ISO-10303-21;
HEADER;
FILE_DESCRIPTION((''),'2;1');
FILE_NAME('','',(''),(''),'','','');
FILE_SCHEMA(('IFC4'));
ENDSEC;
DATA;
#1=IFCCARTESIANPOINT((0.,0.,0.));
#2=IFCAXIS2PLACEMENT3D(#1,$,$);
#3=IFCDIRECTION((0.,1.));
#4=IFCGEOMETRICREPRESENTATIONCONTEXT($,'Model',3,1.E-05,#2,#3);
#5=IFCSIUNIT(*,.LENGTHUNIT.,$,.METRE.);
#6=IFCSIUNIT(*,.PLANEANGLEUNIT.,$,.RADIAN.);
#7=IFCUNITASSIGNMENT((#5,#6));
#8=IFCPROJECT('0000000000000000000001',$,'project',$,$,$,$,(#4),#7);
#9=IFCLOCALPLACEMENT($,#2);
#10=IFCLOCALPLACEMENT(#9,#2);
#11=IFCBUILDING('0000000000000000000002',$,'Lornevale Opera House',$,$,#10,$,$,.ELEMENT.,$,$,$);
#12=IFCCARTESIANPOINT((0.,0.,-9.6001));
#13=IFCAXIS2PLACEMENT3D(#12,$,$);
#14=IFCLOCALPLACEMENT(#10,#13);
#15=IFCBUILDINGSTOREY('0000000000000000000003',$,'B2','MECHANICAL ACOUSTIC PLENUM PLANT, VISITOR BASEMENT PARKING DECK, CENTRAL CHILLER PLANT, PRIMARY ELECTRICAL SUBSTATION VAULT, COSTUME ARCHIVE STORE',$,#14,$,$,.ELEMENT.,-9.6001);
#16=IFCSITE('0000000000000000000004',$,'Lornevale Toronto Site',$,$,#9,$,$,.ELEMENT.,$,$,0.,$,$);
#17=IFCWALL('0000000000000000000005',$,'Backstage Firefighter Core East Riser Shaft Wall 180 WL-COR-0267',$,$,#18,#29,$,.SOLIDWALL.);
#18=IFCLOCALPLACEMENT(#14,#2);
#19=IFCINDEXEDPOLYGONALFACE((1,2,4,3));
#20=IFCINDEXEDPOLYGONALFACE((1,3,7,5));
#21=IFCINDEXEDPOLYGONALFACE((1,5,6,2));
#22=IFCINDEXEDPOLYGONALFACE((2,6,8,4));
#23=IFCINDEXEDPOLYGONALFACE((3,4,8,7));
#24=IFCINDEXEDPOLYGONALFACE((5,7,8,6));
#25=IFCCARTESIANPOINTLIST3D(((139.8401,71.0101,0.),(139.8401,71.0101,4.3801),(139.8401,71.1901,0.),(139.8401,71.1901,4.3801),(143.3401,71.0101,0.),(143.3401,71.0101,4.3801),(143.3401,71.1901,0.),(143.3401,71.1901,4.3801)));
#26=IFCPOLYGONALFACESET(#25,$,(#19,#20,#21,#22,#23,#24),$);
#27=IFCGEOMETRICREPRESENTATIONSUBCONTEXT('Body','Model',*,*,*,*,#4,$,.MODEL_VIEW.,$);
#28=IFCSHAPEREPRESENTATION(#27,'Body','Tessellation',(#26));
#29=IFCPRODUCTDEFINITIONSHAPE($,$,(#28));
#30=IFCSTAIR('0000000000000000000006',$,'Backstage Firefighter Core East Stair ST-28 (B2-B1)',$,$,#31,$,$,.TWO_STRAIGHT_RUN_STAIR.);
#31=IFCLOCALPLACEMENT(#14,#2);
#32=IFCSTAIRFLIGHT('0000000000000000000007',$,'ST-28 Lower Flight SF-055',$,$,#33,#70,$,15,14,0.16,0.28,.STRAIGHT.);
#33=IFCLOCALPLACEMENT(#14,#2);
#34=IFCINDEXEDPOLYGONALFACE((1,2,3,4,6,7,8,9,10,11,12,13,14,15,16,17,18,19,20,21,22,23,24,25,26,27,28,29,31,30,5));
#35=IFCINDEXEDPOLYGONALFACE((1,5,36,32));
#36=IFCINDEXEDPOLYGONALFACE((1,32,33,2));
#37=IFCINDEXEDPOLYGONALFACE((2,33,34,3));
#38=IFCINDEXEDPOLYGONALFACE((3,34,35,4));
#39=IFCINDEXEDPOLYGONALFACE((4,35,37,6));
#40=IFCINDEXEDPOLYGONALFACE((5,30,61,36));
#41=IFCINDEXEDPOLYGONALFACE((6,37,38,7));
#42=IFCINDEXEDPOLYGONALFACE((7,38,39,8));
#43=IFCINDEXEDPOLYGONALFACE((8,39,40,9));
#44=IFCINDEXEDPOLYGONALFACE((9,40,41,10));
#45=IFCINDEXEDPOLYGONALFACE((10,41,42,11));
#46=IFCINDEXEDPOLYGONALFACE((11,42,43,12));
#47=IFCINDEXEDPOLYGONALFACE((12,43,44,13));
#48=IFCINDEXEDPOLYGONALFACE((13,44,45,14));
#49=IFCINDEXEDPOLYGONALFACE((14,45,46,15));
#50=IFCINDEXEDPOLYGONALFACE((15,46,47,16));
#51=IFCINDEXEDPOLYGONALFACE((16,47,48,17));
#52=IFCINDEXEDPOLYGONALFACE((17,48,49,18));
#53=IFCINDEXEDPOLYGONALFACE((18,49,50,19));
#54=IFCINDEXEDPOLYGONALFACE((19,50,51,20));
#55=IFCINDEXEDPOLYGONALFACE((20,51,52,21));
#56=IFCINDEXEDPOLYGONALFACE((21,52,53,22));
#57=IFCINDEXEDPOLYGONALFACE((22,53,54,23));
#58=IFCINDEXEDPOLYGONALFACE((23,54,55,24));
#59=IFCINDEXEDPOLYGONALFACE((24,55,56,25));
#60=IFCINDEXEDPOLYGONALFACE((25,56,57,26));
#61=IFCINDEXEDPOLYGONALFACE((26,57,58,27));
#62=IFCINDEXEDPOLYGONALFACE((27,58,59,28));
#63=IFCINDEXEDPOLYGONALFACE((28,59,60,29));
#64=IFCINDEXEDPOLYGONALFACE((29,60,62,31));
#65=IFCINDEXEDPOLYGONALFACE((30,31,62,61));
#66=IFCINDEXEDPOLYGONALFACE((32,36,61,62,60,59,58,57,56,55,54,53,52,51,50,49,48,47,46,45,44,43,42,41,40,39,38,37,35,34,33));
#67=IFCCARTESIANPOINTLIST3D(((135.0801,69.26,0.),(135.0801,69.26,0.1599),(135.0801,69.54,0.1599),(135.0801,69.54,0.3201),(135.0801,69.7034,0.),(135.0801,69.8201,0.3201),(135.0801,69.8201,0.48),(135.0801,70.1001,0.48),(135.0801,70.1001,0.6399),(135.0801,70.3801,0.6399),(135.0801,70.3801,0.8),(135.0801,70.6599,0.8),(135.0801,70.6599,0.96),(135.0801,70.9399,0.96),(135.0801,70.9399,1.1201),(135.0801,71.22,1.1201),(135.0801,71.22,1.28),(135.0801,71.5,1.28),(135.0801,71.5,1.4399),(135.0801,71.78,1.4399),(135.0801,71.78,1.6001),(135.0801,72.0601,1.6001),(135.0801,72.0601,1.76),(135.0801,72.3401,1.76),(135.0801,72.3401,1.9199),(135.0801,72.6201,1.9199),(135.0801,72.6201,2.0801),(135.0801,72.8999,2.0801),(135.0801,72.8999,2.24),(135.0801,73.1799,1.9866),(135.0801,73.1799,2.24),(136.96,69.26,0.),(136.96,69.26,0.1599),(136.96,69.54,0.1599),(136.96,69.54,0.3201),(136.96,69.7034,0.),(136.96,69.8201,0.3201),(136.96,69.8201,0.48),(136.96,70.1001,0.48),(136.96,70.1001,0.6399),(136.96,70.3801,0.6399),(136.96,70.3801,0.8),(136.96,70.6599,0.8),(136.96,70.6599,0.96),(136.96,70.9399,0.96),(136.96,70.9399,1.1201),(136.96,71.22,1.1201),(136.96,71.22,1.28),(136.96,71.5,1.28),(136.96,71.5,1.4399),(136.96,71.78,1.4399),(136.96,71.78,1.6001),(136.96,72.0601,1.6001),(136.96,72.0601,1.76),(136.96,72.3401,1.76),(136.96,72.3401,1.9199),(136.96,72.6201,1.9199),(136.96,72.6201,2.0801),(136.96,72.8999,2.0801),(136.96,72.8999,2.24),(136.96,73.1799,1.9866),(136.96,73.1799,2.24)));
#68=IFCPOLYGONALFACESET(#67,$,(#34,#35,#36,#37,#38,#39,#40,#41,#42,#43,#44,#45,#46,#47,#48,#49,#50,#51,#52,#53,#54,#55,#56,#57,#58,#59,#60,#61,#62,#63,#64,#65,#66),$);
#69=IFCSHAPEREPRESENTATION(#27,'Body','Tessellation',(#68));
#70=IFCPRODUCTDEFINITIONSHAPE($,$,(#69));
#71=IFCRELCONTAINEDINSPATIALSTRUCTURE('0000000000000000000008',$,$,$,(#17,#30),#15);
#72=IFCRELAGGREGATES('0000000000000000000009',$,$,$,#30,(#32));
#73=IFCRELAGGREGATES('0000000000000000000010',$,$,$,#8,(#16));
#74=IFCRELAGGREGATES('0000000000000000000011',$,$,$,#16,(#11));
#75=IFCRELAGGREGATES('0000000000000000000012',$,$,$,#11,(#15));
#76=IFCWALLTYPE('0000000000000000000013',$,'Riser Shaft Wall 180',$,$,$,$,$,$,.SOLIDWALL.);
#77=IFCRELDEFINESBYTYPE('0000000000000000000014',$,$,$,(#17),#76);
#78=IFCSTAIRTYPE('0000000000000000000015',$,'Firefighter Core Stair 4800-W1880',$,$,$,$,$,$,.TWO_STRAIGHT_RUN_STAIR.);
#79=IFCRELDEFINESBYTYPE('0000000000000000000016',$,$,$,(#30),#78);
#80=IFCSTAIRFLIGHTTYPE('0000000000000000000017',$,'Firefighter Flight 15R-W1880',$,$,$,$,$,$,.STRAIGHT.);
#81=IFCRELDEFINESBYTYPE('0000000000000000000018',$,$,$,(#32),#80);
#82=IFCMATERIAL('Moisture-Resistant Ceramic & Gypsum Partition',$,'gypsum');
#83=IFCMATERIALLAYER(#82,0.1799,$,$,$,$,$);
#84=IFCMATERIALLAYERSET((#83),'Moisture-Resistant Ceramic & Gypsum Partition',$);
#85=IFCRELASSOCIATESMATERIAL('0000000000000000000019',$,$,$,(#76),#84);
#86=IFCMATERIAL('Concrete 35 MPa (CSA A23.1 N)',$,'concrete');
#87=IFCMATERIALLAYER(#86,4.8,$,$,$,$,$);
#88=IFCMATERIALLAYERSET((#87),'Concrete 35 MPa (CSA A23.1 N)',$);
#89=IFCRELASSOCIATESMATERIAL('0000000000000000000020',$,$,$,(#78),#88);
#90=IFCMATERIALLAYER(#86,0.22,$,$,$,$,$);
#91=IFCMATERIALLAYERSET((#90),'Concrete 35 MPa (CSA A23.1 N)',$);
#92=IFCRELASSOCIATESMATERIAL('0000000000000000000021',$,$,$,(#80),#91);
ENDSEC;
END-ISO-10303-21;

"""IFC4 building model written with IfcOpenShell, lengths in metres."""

from ifc_helpers import new_model, si_unit, direction, frame, frame_2d, origin, place, context, subcontext, project, spatial, polyline, rectangle, outline, extrude, material, layer, layer_set, type_object, element, aggregate, save


model = new_model("IFC4")

# Units and contexts
model_context = context("Model", 3, precision=1e-05, world=origin(), true_north=direction((0.0, 1.0)))
body_context = subcontext(model_context, "Body", "Model", "MODEL_VIEW")
ifc_project = project(units=[si_unit("LENGTHUNIT", "METRE"), si_unit("PLANEANGLEUNIT", "RADIAN")], contexts=[model_context])

# Site, building, storey
site_placement = place(None, origin())
site = spatial("IfcSite", under=ifc_project, at=site_placement, Name="Lornevale Toronto Site", CompositionType="ELEMENT", RefElevation=0.0)
building_placement = place(site_placement, origin())
building = spatial("IfcBuilding", under=site, at=building_placement, Name="Lornevale Opera House", CompositionType="ELEMENT")
storey_placement = place(building_placement, frame((0.0, 0.0, -9.6001)))
storey = spatial("IfcBuildingStorey", under=building, at=storey_placement, Name="B2", Description="MECHANICAL ACOUSTIC PLENUM PLANT, VISITOR BASEMENT PARKING DECK, CENTRAL CHILLER PLANT, PRIMARY ELECTRICAL SUBSTATION VAULT, COSTUME ARCHIVE STORE", CompositionType="ELEMENT", Elevation=-9.6001)

# Shared definitions
ifc_material_1 = material(Name="Concrete 35 MPa (CSA A23.1 N)", Category="concrete")

# Wall
ifc_material_2 = material(Name="Moisture-Resistant Ceramic & Gypsum Partition", Category="gypsum")
ifc_layer_1 = layer(ifc_material_2, 0.1799)
ifc_layer_set_1 = layer_set([ifc_layer_1], Name="Moisture-Resistant Ceramic & Gypsum Partition")
wall_type_1 = type_object("IfcWallType", Name="Riser Shaft Wall 180", PredefinedType="SOLIDWALL", material=ifc_layer_set_1)
wall_1_placement = place(storey_placement, frame((139.8401, 71.1001, 0.0), z_axis=(0.0, 0.0, 1.0), x_axis=(1.0, 0.0, 0.0)))
element("IfcWall", 1, at=wall_1_placement, inside=storey, type_object=wall_type_1, Name="Backstage Firefighter Core East Riser Shaft Wall 180 WL-COR-0267", PredefinedType="SOLIDWALL", context=body_context, shape_type="SweptSolid", body=[
    extrude(rectangle(XDim=3.5, YDim=0.1799, at=frame_2d((1.75, 0.0))), origin(), (0.0, 0.0, 1.0), 4.3801),
])

# Stair, stair flight
ifc_layer_2 = layer(ifc_material_1, 4.8)
ifc_layer_set_2 = layer_set([ifc_layer_2], Name="Concrete 35 MPa (CSA A23.1 N)")
stair_type = type_object("IfcStairType", Name="Firefighter Core Stair 4800-W1880", PredefinedType="TWO_STRAIGHT_RUN_STAIR", material=ifc_layer_set_2)
stair_placement = place(storey_placement, origin())
stair = element("IfcStair", 2, at=stair_placement, inside=storey, type_object=stair_type, Name="Backstage Firefighter Core East Stair ST-28 (B2-B1)", PredefinedType="TWO_STRAIGHT_RUN_STAIR")
ifc_layer_3 = layer(ifc_material_1, 0.22)
ifc_layer_set_3 = layer_set([ifc_layer_3], Name="Concrete 35 MPa (CSA A23.1 N)")
stair_flight_type = type_object("IfcStairFlightType", Name="Firefighter Flight 15R-W1880", PredefinedType="STRAIGHT", material=ifc_layer_set_3)
stair_flight_placement = place(storey_placement, frame((136.02, 69.26, 0.0), z_axis=(0.0, 0.0, 1.0), x_axis=(0.0, 1.0, 0.0)))
stair_flight = element("IfcStairFlight", 3, at=stair_flight_placement, type_object=stair_flight_type, Name="ST-28 Lower Flight SF-055", NumberOfRisers=15, NumberOfTreads=14, PredefinedType="STRAIGHT", RiserHeight=0.16, TreadLength=0.28, context=body_context, shape_type="SweptSolid", body=[
    extrude(outline(polyline([(0.0, 0.0), (0.0, 0.1599), (0.28, 0.1599), (0.28, 0.3201), (0.5601, 0.3201), (0.5601, 0.48), (0.8401, 0.48), (0.8401, 0.6399), (1.1201, 0.6399), (1.1201, 0.8), (1.3999, 0.8), (1.3999, 0.96), (1.6799, 0.96), (1.6799, 1.1201), (1.96, 1.1201), (1.96, 1.28), (2.24, 1.28), (2.24, 1.4399), (2.52, 1.4399), (2.52, 1.6001), (2.8, 1.6001), (2.8, 1.76), (3.0801, 1.76), (3.0801, 1.9199), (3.3601, 1.9199), (3.3601, 2.0801), (3.6399, 2.0801), (3.6399, 2.24), (3.9199, 2.24), (3.9199, 1.9866), (0.4434, 0.0), (0.0, 0.0)])), frame((0.0, 0.9399, 0.0), z_axis=(0.0, -1.0, 0.0), x_axis=(1.0, 0.0, 0.0)), (0.0, 0.0, 1.0), 1.8799),
])
aggregate(stair, [stair_flight])

save(model, "model.ifc")
